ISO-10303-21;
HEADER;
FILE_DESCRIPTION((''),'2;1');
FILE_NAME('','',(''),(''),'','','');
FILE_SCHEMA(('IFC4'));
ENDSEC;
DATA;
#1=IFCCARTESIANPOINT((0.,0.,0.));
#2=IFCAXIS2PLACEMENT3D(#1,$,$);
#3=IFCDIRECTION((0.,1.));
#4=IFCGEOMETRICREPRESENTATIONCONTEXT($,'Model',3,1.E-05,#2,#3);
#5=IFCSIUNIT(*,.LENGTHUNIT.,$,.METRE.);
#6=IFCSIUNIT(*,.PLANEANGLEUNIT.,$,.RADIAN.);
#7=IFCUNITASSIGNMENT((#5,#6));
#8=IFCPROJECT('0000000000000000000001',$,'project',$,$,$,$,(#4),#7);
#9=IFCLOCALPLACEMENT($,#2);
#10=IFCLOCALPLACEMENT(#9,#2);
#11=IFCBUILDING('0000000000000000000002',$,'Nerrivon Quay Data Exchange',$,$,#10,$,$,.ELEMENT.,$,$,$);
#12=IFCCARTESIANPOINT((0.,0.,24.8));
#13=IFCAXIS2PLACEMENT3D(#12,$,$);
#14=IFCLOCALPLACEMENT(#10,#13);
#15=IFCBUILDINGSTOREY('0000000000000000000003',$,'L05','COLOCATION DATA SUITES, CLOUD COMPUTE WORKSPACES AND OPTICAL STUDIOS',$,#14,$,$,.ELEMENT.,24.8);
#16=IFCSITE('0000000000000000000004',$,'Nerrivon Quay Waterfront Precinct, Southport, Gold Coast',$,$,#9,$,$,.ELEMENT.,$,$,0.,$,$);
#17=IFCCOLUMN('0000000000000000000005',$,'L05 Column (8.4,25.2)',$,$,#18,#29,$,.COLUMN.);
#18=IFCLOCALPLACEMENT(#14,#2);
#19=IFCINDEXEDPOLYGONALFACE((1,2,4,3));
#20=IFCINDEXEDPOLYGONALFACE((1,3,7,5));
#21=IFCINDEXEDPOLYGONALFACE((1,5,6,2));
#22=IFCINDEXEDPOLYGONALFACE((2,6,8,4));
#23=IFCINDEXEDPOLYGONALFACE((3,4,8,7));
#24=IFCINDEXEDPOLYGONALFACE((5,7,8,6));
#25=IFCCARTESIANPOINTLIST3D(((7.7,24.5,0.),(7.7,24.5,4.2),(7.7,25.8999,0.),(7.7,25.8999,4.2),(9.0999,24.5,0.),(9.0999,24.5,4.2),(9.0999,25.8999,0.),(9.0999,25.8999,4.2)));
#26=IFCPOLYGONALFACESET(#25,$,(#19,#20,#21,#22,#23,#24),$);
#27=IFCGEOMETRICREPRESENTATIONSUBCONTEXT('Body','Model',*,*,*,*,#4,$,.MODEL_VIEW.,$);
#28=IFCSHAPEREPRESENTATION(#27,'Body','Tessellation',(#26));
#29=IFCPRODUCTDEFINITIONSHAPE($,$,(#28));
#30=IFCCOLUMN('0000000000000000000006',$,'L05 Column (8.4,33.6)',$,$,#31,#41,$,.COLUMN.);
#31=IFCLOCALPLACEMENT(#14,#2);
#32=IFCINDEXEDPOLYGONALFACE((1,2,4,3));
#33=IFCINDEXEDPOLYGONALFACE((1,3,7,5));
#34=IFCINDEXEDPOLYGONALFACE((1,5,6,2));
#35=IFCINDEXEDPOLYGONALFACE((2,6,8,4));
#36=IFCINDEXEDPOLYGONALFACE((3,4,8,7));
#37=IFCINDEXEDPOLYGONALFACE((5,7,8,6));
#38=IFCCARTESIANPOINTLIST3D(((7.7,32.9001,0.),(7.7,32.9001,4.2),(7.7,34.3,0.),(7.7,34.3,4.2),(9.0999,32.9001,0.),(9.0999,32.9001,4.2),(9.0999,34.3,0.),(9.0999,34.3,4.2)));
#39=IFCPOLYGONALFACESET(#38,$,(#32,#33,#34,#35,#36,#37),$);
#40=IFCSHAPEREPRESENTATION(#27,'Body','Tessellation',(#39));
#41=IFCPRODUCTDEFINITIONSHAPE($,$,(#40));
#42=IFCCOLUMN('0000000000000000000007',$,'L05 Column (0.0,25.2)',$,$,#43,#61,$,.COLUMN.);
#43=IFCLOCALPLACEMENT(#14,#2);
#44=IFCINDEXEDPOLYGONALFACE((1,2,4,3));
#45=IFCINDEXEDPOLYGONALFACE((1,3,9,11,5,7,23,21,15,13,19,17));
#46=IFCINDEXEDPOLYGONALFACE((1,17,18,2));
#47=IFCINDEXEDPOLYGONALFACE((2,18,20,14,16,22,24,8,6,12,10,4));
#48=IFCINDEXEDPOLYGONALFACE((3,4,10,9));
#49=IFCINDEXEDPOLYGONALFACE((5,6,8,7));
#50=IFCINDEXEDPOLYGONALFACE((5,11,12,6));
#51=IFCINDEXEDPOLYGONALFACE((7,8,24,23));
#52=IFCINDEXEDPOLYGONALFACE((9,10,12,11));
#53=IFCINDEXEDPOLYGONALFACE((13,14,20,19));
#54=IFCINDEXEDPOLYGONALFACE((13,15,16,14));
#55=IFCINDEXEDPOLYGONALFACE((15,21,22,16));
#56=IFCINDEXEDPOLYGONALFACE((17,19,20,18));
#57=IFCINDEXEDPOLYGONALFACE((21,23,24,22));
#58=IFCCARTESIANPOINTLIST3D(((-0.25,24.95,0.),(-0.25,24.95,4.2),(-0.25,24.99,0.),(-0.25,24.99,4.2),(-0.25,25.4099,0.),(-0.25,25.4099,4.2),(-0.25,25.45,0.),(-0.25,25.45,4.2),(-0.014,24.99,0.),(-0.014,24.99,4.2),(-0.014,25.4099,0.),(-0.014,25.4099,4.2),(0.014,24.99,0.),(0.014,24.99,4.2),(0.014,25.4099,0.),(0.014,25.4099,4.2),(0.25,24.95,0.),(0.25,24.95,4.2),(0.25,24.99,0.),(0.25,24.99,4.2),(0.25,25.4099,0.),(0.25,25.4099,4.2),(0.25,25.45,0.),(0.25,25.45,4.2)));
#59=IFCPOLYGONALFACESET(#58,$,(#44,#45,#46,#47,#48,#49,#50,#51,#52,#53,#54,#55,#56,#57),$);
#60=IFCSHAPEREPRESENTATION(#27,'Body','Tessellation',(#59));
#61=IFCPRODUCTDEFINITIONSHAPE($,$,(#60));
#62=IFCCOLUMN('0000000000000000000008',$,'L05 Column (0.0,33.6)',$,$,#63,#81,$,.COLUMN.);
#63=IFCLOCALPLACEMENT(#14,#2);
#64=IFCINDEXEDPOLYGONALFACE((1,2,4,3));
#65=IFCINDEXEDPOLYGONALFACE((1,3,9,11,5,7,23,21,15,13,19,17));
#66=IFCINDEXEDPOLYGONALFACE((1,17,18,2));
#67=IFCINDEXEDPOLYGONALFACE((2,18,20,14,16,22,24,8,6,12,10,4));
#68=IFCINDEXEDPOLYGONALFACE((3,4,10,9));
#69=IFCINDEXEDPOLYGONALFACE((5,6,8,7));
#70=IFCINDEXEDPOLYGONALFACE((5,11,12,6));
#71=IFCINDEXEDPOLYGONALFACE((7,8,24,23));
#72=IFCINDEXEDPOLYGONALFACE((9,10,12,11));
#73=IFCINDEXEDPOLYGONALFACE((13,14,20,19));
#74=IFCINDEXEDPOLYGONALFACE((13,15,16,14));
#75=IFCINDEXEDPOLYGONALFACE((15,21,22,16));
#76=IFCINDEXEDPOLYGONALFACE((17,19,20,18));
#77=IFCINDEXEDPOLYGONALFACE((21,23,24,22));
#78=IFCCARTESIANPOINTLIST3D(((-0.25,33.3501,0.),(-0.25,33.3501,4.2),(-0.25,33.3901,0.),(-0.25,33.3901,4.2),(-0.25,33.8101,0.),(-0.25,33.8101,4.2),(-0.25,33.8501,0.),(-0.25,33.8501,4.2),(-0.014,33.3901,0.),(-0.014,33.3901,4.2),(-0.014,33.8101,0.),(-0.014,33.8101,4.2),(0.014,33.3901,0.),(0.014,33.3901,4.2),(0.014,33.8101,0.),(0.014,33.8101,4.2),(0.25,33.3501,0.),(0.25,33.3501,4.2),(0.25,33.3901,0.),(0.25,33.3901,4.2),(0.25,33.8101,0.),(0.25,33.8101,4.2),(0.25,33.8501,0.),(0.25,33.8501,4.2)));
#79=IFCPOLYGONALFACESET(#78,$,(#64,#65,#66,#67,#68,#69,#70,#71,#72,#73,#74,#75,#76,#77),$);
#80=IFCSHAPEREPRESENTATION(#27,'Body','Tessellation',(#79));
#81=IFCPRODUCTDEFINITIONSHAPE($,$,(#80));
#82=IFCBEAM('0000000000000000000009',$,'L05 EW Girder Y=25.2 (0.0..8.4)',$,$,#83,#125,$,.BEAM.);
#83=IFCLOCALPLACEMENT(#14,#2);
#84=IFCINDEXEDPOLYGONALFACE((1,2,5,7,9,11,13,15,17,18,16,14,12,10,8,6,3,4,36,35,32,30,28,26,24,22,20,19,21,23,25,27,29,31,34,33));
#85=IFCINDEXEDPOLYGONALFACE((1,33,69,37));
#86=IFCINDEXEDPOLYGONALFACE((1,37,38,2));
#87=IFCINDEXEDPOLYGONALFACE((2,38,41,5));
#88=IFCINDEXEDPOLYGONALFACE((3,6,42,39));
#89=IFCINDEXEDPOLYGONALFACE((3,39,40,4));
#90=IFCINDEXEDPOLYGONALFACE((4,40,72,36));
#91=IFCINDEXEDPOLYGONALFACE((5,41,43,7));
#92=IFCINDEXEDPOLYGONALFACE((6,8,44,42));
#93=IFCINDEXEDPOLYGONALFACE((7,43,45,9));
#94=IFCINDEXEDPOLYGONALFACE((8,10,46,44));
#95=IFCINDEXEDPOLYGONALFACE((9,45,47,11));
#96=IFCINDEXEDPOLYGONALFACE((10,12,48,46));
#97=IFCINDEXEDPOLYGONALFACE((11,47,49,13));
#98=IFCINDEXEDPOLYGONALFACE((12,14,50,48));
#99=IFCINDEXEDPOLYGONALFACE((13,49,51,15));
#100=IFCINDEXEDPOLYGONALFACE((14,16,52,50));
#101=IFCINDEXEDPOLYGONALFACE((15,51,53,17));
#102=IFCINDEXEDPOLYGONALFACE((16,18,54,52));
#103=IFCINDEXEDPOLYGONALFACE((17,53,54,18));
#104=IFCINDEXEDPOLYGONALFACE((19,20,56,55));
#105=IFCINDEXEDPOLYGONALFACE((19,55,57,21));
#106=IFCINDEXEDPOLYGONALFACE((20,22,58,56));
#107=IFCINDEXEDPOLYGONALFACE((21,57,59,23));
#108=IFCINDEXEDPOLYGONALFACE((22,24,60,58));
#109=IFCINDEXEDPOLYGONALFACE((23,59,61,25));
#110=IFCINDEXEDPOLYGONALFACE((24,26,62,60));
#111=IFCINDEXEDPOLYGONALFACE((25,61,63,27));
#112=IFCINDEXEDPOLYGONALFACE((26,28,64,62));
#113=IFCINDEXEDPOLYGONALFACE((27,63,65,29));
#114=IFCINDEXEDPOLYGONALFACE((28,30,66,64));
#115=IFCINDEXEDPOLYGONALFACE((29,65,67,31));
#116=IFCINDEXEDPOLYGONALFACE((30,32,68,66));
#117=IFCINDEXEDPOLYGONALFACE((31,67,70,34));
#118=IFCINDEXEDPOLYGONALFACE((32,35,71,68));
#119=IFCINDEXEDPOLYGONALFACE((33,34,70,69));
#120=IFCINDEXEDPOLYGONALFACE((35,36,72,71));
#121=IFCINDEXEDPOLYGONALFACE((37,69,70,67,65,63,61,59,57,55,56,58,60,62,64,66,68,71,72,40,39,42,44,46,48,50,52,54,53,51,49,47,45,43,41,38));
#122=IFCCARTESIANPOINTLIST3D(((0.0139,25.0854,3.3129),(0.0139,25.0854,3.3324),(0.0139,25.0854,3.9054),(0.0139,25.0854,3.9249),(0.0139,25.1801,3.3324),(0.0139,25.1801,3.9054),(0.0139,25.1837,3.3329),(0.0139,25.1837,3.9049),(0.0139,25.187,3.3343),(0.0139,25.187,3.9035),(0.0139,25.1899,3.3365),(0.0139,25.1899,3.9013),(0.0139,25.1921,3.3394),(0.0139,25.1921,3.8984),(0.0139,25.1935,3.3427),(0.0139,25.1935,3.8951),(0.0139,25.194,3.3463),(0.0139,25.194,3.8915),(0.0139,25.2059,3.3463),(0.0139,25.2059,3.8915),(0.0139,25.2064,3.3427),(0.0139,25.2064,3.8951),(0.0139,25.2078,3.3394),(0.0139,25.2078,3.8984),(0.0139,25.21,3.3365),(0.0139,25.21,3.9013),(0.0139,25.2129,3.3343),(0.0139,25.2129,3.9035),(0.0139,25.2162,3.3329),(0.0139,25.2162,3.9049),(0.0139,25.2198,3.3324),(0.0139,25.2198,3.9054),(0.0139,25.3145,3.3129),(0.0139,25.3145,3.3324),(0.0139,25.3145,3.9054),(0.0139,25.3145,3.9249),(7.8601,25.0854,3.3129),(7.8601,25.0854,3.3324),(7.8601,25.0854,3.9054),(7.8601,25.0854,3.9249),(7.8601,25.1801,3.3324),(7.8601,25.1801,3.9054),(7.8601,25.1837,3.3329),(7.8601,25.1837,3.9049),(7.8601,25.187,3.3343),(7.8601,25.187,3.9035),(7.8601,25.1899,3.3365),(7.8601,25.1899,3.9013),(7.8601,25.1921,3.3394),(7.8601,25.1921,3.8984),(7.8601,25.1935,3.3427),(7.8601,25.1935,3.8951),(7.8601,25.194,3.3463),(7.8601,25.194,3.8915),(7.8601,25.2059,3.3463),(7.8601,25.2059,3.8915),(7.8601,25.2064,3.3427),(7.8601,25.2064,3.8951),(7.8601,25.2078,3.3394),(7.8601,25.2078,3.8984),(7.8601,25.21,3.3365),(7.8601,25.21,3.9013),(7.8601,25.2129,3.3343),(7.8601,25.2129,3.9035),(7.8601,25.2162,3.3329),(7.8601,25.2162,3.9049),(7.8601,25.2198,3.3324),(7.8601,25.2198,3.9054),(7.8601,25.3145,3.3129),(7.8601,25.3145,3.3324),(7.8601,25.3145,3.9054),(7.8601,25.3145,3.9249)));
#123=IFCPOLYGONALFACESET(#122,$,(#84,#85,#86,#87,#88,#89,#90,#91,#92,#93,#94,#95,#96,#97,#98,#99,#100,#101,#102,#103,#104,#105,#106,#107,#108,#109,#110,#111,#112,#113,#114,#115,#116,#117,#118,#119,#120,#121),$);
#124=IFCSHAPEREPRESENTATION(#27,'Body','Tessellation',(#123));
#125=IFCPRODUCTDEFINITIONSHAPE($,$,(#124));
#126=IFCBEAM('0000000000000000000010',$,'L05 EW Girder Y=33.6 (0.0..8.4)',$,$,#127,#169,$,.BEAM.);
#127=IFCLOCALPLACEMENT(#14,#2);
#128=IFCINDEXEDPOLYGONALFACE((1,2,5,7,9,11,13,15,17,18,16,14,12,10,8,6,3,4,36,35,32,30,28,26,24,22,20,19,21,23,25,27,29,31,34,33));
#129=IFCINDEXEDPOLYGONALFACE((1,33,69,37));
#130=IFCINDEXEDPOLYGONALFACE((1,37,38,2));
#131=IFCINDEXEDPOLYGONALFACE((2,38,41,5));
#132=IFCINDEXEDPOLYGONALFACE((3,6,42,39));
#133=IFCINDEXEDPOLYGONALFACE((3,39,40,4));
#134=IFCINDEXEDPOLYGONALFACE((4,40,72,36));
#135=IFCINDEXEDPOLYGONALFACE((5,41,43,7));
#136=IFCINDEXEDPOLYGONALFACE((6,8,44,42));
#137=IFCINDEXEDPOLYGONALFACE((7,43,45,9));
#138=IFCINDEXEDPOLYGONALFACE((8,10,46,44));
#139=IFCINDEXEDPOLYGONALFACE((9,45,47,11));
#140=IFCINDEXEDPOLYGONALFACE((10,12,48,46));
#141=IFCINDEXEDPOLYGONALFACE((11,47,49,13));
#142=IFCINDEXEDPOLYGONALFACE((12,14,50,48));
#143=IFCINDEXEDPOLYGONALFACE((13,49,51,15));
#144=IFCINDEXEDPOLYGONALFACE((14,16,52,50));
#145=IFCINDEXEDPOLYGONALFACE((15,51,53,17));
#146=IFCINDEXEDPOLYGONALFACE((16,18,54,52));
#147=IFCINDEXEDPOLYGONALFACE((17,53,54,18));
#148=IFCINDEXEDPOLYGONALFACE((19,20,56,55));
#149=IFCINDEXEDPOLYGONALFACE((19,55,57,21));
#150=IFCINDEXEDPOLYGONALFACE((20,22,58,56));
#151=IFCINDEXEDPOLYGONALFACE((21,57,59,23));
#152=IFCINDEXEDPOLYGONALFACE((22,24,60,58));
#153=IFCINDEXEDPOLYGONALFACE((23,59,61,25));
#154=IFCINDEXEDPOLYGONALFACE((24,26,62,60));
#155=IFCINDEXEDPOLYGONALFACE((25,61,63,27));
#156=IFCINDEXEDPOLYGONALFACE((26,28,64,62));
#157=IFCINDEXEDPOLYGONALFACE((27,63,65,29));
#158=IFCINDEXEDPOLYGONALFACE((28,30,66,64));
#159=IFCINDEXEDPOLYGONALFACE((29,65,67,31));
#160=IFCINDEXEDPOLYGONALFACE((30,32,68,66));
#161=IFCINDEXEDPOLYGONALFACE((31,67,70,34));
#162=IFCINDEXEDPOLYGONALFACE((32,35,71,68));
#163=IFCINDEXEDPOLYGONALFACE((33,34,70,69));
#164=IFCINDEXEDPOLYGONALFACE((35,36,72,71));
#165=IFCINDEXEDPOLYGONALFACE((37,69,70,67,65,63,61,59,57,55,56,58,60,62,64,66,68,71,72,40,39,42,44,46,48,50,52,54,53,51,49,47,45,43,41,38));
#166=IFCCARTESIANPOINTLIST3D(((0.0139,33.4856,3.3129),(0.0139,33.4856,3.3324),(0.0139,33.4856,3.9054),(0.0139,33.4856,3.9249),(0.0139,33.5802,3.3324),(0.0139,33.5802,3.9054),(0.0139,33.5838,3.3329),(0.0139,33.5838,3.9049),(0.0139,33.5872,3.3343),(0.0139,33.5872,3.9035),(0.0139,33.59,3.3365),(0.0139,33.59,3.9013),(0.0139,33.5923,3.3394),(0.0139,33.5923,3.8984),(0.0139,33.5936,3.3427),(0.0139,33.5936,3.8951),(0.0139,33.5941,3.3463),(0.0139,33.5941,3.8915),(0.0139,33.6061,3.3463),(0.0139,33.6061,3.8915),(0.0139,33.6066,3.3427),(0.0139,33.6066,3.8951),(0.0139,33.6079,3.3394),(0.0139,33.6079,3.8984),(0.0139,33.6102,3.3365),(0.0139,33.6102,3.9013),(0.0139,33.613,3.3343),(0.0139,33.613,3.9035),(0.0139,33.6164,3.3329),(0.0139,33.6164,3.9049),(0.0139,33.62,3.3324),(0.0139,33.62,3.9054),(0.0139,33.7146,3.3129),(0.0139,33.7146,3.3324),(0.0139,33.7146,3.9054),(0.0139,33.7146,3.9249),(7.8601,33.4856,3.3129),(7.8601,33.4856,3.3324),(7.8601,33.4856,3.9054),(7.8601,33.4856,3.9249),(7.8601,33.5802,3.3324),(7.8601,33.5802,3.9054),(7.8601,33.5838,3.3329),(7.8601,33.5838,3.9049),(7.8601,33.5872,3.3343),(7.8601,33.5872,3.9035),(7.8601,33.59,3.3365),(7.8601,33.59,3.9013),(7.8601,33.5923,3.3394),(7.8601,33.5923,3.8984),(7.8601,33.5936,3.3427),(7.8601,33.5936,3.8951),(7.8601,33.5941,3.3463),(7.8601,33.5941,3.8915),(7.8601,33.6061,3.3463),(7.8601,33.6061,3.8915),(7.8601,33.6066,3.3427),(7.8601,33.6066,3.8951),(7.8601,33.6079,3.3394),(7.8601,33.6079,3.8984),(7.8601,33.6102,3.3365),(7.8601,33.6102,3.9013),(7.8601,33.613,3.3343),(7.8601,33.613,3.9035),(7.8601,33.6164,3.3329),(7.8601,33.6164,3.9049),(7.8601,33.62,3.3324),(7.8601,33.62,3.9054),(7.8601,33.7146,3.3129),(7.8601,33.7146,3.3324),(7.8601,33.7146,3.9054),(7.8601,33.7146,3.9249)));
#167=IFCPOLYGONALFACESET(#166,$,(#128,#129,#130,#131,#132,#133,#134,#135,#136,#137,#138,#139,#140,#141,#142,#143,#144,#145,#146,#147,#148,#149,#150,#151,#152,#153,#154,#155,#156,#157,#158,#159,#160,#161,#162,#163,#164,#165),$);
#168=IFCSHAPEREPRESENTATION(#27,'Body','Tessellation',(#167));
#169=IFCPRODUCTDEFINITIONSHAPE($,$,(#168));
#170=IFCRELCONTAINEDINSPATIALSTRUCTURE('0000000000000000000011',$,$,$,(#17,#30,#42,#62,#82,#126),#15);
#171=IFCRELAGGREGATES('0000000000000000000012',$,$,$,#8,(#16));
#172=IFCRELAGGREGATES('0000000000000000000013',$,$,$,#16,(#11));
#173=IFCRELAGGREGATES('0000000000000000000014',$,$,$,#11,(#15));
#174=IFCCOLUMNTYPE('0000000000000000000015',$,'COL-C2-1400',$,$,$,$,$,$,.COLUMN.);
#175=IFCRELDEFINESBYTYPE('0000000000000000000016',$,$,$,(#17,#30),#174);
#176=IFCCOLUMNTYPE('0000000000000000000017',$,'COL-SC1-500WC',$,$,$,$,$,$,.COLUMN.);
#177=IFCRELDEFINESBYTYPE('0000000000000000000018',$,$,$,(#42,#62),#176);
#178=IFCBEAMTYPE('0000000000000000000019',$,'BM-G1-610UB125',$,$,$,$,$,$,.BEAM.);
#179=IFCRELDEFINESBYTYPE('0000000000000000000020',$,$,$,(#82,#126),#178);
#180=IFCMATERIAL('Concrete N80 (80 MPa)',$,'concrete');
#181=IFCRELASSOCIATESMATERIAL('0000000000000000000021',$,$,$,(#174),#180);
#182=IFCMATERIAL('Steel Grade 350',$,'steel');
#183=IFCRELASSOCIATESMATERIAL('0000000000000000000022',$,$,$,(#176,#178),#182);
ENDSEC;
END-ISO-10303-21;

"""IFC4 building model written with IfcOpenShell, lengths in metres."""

from ifc_helpers import new_model, si_unit, direction, frame, origin, origin_2d, place, context, subcontext, project, spatial, rectangle, i_section, extrude, material, material_profile, profile_set, type_object, element, save


model = new_model("IFC4")

# Units and contexts
model_context = context("Model", 3, precision=1e-05, world=origin(), true_north=direction((0.0, 1.0)))
body_context = subcontext(model_context, "Body", "Model", "MODEL_VIEW")
ifc_project = project(units=[si_unit("LENGTHUNIT", "METRE"), si_unit("PLANEANGLEUNIT", "RADIAN")], contexts=[model_context])

# Site, building, storey
site_placement = place(None, origin())
site = spatial("IfcSite", under=ifc_project, at=site_placement, Name="Nerrivon Quay Waterfront Precinct, Southport, Gold Coast", CompositionType="ELEMENT", RefElevation=0.0)
building_placement = place(site_placement, origin())
building = spatial("IfcBuilding", under=site, at=building_placement, Name="Nerrivon Quay Data Exchange", CompositionType="ELEMENT")
storey_placement = place(building_placement, frame((0.0, 0.0, 24.8)))
storey = spatial("IfcBuildingStorey", under=building, at=storey_placement, Name="L05", Description="COLOCATION DATA SUITES, CLOUD COMPUTE WORKSPACES AND OPTICAL STUDIOS", CompositionType="ELEMENT", Elevation=24.8)

# Columns
ifc_material_1 = material(Name="Concrete N80 (80 MPa)", Category="concrete")
ifc_material_profile_1 = material_profile(ifc_material_1, rectangle(XDim=1.3999, YDim=1.3999, at=origin_2d()), Name="RC-COL-1400x1400")
ifc_profile_set_1 = profile_set([ifc_material_profile_1], Name="Concrete N80 (80 MPa)")
column_type_1 = type_object("IfcColumnType", Name="COL-C2-1400", PredefinedType="COLUMN", material=ifc_profile_set_1)
for number, where, z_axis, x_axis, name in (
    (1, (8.3999, 25.2, 0.0), (0.0, 0.0, 1.0), (1.0, 0.0, 0.0), "L05 Column (8.4,25.2)"),
    (2, (8.3999, 33.6001, 0.0), (0.0, 0.0, 1.0), (1.0, 0.0, 0.0), "L05 Column (8.4,33.6)"),
):
    element("IfcColumn", number, at=place(storey_placement, frame(where, z_axis=z_axis, x_axis=x_axis)), inside=storey, type_object=column_type_1, Name=name, PredefinedType="COLUMN", context=body_context, shape_type="SweptSolid", body=[
        extrude(rectangle(XDim=1.3999, YDim=1.3999, at=origin_2d()), origin(), (0.0, 0.0, 1.0), 4.2),
    ])
ifc_material_2 = material(Name="Steel Grade 350", Category="steel")
ifc_material_profile_2 = material_profile(ifc_material_2, i_section(OverallWidth=0.5, OverallDepth=0.5, WebThickness=0.0281, FlangeThickness=0.04, at=origin_2d()), Name="500WC440")
ifc_profile_set_2 = profile_set([ifc_material_profile_2], Name="Steel Grade 350")
column_type_2 = type_object("IfcColumnType", Name="COL-SC1-500WC", PredefinedType="COLUMN", material=ifc_profile_set_2)
for number, where, z_axis, x_axis, name in (
    (3, (0.0, 25.2, 0.0), (0.0, 0.0, 1.0), (1.0, 0.0, 0.0), "L05 Column (0.0,25.2)"),
    (4, (0.0, 33.6001, 0.0), (0.0, 0.0, 1.0), (1.0, 0.0, 0.0), "L05 Column (0.0,33.6)"),
):
    element("IfcColumn", number, at=place(storey_placement, frame(where, z_axis=z_axis, x_axis=x_axis)), inside=storey, type_object=column_type_2, Name=name, PredefinedType="COLUMN", context=body_context, shape_type="SweptSolid", body=[
        extrude(i_section(OverallWidth=0.5, OverallDepth=0.5, WebThickness=0.0281, FlangeThickness=0.04, at=origin_2d()), origin(), (0.0, 0.0, 1.0), 4.2),
    ])

# Beams
ifc_material_profile_3 = material_profile(ifc_material_2, i_section(OverallWidth=0.229, OverallDepth=0.6121, WebThickness=0.012, FlangeThickness=0.0195, FilletRadius=0.0139, at=origin_2d()), Name="610UB125")
ifc_profile_set_3 = profile_set([ifc_material_profile_3], Name="Steel Grade 350")
beam_type_1 = type_object("IfcBeamType", Name="BM-G1-610UB125", PredefinedType="BEAM", material=ifc_profile_set_3)
for number, where, z_axis, x_axis, name in (
    (5, (0.0139, 25.2, 3.6189), (1.0, 0.0, 0.0), (0.0, 1.0, 0.0), "L05 EW Girder Y=25.2 (0.0..8.4)"),
    (6, (0.0139, 33.6001, 3.6189), (1.0, 0.0, 0.0), (0.0, 1.0, 0.0), "L05 EW Girder Y=33.6 (0.0..8.4)"),
):
    element("IfcBeam", number, at=place(storey_placement, frame(where, z_axis=z_axis, x_axis=x_axis)), inside=storey, type_object=beam_type_1, Name=name, PredefinedType="BEAM", context=body_context, shape_type="SweptSolid", body=[
        extrude(i_section(OverallWidth=0.229, OverallDepth=0.6121, WebThickness=0.012, FlangeThickness=0.0195, FilletRadius=0.0139, at=origin_2d()), origin(), (0.0, 0.0, 1.0), 7.8462),
    ])

save(model, "model.ifc")
